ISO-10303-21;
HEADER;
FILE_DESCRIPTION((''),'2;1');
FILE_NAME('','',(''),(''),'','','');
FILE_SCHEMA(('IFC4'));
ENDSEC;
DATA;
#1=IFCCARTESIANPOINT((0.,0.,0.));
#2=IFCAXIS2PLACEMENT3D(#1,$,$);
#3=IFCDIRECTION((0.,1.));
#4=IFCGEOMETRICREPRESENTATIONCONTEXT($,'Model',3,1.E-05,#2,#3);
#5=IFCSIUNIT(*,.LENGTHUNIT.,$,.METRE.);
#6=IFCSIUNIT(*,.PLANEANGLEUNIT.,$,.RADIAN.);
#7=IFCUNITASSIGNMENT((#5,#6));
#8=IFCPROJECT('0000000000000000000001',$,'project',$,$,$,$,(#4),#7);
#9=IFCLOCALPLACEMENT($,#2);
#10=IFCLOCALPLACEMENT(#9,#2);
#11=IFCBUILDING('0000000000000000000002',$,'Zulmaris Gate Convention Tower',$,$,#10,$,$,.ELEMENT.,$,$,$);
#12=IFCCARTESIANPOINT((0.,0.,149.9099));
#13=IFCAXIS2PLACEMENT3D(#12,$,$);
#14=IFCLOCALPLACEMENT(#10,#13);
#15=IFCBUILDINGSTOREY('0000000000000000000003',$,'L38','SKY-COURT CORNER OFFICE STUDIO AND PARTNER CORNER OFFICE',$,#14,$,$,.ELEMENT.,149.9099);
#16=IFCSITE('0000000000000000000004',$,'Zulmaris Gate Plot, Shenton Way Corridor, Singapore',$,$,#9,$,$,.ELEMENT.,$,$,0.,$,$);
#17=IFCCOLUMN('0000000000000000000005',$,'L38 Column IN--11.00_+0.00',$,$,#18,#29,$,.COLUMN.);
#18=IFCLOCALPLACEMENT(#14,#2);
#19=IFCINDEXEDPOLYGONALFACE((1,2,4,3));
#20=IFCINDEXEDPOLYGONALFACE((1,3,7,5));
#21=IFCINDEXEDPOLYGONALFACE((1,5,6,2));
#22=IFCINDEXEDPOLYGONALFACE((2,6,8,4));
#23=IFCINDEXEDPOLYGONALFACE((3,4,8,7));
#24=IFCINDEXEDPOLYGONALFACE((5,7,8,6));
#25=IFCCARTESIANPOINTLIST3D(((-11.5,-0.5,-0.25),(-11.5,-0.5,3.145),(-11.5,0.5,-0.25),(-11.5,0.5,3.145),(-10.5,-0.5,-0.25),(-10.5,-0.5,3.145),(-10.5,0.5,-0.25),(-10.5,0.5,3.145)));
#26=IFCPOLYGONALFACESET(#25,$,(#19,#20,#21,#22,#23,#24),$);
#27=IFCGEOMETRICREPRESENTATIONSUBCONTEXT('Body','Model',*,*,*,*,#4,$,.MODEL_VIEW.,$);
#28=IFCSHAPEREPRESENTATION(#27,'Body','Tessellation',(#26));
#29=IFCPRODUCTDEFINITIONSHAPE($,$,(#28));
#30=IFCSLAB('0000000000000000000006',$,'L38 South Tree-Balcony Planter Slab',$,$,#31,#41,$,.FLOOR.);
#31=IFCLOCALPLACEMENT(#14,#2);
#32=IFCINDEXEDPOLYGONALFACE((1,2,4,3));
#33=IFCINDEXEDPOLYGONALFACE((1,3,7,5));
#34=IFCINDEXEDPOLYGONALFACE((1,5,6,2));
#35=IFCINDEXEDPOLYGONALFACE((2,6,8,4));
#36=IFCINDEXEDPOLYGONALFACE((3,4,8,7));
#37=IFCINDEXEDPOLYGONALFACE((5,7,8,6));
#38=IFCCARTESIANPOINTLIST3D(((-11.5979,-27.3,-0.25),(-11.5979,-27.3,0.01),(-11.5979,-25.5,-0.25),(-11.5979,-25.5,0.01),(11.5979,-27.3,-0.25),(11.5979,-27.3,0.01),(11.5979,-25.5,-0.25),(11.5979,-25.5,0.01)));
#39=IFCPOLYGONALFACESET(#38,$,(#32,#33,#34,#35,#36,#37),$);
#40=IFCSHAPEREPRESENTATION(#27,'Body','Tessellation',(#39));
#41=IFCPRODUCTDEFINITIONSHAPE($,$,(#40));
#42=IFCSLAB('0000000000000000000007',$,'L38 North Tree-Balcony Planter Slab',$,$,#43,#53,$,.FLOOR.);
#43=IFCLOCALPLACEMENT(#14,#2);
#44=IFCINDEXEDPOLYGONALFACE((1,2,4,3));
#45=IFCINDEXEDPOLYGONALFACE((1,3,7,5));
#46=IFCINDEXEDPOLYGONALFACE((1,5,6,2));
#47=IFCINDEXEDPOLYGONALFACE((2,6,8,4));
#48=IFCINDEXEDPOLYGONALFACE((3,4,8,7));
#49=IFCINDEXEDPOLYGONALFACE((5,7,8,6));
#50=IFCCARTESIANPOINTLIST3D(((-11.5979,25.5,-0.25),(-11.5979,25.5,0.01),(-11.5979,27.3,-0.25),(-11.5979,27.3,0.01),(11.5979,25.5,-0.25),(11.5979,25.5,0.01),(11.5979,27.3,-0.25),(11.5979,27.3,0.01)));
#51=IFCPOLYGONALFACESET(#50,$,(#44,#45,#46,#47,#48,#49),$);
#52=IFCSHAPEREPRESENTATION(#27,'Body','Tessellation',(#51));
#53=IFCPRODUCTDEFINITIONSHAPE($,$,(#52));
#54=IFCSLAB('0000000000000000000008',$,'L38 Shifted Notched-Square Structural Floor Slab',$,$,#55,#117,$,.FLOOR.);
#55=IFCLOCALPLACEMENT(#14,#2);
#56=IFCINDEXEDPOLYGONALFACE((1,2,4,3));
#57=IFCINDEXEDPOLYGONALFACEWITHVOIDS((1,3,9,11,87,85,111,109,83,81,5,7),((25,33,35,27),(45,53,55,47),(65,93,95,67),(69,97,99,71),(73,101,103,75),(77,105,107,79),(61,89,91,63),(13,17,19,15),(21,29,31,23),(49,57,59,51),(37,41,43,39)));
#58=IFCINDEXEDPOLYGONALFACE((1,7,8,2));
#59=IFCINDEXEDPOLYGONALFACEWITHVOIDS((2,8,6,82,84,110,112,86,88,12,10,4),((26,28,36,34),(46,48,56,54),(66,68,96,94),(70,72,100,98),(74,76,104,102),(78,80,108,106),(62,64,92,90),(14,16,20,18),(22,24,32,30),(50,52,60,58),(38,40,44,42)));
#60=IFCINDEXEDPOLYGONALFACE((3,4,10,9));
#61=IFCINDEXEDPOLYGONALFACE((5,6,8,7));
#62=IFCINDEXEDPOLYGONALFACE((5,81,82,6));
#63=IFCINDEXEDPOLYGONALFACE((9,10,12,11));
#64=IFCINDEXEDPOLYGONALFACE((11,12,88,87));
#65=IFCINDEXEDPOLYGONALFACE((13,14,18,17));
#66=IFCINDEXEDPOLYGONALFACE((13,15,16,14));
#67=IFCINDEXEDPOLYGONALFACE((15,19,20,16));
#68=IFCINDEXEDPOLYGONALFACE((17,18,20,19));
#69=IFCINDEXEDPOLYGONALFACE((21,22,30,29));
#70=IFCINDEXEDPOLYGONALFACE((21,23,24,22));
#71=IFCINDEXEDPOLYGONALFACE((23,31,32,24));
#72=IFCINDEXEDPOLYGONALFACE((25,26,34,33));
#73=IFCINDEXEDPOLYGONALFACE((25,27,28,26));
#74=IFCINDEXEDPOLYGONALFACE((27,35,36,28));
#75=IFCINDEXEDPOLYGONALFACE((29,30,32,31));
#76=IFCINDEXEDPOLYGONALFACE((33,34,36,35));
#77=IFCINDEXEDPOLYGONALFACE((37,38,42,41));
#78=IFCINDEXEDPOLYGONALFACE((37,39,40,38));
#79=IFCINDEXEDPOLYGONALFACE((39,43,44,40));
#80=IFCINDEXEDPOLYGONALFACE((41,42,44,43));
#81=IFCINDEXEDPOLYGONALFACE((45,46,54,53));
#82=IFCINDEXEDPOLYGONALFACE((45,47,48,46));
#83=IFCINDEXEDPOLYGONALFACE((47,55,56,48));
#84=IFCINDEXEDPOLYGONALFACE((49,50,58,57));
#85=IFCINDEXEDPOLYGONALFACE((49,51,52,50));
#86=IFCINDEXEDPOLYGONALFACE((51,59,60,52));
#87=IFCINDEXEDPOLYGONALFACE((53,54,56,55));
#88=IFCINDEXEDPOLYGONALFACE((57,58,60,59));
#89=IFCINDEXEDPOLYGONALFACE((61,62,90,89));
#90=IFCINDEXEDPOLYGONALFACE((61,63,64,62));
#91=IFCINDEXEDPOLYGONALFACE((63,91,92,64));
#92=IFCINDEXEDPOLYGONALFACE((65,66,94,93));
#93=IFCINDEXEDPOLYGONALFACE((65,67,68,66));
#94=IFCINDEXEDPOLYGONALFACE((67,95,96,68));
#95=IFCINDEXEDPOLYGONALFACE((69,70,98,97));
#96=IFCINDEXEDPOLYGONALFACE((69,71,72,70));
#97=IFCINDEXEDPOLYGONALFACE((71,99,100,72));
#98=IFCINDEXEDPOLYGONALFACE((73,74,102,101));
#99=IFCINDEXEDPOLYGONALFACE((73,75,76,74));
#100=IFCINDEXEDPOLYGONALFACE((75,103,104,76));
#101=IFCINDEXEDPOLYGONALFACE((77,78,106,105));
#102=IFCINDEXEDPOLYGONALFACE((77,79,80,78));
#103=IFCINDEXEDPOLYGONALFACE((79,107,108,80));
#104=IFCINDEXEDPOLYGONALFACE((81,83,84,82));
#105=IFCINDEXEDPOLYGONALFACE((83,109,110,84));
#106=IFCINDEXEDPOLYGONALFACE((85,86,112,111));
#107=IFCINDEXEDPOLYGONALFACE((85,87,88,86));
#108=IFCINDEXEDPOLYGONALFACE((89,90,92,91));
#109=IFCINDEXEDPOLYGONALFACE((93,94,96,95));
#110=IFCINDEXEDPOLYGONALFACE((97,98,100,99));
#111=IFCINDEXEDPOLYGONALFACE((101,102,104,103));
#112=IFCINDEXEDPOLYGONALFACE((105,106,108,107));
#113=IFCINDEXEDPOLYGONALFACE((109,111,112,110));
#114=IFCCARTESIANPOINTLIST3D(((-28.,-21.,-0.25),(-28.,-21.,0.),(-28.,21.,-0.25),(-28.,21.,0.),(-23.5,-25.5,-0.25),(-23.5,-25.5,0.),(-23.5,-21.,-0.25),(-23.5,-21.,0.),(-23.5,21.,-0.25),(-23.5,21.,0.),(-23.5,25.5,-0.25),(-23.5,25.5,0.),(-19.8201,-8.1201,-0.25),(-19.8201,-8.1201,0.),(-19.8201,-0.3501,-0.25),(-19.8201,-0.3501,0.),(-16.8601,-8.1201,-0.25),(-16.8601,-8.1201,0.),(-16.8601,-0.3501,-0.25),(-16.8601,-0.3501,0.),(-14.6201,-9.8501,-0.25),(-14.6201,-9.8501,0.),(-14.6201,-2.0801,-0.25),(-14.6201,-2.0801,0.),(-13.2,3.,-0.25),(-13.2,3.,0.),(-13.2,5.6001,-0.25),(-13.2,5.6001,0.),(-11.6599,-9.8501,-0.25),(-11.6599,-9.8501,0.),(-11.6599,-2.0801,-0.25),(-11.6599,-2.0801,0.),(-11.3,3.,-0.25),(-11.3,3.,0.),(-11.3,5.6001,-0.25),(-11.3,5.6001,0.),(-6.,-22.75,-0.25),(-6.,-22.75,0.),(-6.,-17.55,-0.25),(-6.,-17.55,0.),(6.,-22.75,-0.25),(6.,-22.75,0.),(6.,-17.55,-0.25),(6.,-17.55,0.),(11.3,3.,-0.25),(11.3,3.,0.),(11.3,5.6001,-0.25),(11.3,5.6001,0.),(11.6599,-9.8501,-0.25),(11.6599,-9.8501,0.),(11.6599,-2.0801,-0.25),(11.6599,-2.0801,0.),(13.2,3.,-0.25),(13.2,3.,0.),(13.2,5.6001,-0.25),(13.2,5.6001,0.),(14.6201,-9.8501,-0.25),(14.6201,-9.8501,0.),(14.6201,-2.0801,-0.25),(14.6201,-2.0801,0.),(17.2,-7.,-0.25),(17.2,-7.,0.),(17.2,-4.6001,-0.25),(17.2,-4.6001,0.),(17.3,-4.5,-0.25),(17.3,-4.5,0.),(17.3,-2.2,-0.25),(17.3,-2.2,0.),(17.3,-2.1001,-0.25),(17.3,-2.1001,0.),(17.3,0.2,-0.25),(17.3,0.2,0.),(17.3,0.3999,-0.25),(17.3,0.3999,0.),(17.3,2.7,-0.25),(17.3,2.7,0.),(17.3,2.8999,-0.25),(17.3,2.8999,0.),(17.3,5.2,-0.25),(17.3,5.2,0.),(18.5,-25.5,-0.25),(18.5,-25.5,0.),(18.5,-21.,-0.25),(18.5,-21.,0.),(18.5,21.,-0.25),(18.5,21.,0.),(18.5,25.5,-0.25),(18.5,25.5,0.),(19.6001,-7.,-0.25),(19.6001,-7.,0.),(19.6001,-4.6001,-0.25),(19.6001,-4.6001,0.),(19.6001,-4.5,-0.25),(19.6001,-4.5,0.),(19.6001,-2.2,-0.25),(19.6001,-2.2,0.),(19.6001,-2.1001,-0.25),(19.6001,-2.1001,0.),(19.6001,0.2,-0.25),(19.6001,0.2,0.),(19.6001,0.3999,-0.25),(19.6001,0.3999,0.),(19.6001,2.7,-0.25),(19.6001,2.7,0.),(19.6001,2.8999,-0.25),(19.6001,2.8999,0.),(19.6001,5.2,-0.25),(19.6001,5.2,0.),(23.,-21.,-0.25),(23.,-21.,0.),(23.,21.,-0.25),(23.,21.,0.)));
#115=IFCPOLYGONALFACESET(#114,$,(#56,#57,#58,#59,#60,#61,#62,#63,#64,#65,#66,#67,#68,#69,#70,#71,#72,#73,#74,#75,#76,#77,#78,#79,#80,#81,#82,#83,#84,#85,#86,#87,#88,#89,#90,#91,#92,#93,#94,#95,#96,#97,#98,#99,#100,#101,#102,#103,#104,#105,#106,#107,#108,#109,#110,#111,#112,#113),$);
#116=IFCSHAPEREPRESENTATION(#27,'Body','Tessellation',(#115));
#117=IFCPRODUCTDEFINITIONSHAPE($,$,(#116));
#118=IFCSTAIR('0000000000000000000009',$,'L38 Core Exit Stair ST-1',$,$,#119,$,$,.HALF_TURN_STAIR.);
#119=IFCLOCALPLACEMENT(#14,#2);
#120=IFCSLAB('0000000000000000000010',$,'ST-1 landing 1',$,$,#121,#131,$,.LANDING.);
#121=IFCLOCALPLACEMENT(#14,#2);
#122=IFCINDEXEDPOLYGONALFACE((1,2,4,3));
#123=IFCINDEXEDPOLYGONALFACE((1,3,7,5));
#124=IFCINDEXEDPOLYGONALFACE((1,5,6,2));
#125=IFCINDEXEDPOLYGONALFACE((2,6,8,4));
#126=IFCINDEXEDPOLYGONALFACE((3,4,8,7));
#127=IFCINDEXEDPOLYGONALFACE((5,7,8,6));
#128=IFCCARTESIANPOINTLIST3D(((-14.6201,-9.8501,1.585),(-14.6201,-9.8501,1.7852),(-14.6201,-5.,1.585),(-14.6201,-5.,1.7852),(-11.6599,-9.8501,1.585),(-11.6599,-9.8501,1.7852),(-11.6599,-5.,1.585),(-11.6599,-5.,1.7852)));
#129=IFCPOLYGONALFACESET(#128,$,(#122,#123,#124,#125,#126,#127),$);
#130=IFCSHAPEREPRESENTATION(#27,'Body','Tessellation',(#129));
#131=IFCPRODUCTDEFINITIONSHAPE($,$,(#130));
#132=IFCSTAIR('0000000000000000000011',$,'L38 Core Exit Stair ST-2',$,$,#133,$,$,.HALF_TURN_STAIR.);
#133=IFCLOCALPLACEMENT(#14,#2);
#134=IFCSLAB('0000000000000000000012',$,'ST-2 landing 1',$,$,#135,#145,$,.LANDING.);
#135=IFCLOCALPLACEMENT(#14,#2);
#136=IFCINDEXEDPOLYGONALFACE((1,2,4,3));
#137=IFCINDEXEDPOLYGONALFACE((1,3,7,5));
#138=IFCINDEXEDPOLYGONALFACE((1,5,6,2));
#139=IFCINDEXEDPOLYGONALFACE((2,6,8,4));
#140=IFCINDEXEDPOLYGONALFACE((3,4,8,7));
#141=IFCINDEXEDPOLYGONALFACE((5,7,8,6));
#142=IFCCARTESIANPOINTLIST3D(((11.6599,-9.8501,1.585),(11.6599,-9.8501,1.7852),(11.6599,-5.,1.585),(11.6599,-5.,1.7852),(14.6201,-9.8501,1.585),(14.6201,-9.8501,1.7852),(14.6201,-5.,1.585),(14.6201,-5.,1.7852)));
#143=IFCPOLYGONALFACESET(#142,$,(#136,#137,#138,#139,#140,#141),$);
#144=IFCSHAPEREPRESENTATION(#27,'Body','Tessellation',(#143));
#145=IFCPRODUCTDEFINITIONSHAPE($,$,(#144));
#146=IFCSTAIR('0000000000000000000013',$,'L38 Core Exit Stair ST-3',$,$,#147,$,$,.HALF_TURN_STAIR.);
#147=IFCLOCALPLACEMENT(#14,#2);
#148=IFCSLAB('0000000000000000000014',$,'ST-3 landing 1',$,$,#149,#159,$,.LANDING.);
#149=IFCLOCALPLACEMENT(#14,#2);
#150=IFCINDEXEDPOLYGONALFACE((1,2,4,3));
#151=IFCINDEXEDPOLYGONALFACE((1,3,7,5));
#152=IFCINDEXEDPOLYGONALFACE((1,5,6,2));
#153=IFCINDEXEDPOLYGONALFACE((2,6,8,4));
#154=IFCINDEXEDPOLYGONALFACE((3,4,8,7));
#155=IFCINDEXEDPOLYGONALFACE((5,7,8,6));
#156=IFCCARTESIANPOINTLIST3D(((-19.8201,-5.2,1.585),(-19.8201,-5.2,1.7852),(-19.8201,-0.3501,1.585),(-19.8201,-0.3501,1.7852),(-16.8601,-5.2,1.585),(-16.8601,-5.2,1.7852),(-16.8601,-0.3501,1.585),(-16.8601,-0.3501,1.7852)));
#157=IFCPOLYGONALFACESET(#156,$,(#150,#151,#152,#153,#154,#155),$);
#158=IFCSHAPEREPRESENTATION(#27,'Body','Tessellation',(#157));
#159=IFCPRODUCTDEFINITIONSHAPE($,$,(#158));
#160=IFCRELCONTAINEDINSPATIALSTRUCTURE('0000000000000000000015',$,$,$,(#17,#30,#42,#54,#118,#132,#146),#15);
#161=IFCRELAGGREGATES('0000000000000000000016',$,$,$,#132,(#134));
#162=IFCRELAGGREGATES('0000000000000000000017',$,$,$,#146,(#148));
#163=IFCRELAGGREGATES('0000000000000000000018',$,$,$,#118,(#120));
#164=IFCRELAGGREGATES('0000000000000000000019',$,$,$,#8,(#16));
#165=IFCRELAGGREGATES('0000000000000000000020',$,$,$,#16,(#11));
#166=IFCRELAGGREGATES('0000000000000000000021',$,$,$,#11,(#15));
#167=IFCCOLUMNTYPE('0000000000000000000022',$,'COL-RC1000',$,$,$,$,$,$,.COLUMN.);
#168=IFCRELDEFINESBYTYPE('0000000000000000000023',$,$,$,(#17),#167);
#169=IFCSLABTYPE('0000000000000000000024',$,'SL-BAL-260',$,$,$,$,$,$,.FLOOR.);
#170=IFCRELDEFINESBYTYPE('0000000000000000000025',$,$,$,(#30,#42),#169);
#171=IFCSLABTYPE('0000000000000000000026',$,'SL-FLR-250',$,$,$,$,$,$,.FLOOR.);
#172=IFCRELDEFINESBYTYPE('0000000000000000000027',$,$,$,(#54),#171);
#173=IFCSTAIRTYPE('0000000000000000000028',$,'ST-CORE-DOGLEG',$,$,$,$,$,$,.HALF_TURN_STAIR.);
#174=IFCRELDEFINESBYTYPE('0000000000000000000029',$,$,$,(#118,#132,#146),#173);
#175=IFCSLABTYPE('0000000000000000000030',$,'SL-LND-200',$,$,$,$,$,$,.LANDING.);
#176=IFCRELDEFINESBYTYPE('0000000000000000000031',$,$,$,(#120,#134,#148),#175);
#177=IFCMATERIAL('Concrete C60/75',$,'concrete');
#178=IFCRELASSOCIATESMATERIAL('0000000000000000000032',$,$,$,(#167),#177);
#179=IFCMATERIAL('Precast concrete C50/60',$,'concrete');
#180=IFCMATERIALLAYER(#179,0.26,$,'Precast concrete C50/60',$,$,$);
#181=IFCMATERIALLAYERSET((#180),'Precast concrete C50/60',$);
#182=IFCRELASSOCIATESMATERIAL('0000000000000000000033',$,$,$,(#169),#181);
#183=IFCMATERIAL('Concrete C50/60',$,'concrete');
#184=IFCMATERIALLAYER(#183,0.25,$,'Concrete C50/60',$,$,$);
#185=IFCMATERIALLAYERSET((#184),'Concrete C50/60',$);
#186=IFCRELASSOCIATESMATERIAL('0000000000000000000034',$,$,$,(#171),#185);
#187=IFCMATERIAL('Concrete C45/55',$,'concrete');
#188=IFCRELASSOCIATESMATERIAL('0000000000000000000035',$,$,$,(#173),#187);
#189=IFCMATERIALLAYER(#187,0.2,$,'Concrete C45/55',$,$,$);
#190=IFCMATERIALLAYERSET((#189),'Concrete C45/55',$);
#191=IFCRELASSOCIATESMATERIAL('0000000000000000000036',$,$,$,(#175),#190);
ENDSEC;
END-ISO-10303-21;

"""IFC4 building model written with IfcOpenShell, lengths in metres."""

from ifc_helpers import new_model, si_unit, direction, frame, origin, origin_2d, place, context, subcontext, project, spatial, polyline, rectangle, outline, extrude, material, layer, layer_set, material_profile, profile_set, type_object, element, aggregate, save


model = new_model("IFC4")

# Units and contexts
model_context = context("Model", 3, precision=1e-05, world=origin(), true_north=direction((0.0, 1.0)))
body_context = subcontext(model_context, "Body", "Model", "MODEL_VIEW")
ifc_project = project(units=[si_unit("LENGTHUNIT", "METRE"), si_unit("PLANEANGLEUNIT", "RADIAN")], contexts=[model_context])

# Site, building, storey
site_placement = place(None, origin())
site = spatial("IfcSite", under=ifc_project, at=site_placement, Name="Zulmaris Gate Plot, Shenton Way Corridor, Singapore", CompositionType="ELEMENT", RefElevation=0.0)
building_placement = place(site_placement, origin())
building = spatial("IfcBuilding", under=site, at=building_placement, Name="Zulmaris Gate Convention Tower", CompositionType="ELEMENT")
storey_placement = place(building_placement, frame((0.0, 0.0, 149.9099)))
storey = spatial("IfcBuildingStorey", under=building, at=storey_placement, Name="L38", Description="SKY-COURT CORNER OFFICE STUDIO AND PARTNER CORNER OFFICE", CompositionType="ELEMENT", Elevation=149.9099)

# Column
ifc_material_1 = material(Name="Concrete C60/75", Category="concrete")
ifc_material_profile = material_profile(ifc_material_1, rectangle(XDim=1.0, YDim=1.0, at=origin_2d()), Name="RC COL 1000x1000")
ifc_profile_set = profile_set([ifc_material_profile], Name="Concrete C60/75")
column_type = type_object("IfcColumnType", Name="COL-RC1000", PredefinedType="COLUMN", material=ifc_profile_set)
column_placement = place(storey_placement, frame((-11.0, 0.0, -0.25), z_axis=(0.0, 0.0, 1.0), x_axis=(1.0, 0.0, 0.0)))
element("IfcColumn", 1, at=column_placement, inside=storey, type_object=column_type, Name="L38 Column IN--11.00_+0.00", PredefinedType="COLUMN", context=body_context, shape_type="SweptSolid", body=[
    extrude(rectangle(XDim=1.0, YDim=1.0, at=origin_2d()), origin(), (0.0, 0.0, 1.0), 3.395),
])

# Slabs
ifc_material_2 = material(Name="Precast concrete C50/60", Category="concrete")
ifc_layer_1 = layer(ifc_material_2, 0.26, Name="Precast concrete C50/60")
ifc_layer_set_1 = layer_set([ifc_layer_1], Name="Precast concrete C50/60")
slab_type_1 = type_object("IfcSlabType", Name="SL-BAL-260", PredefinedType="FLOOR", material=ifc_layer_set_1)
slab_1_placement = place(storey_placement, frame((0.0, 0.0, -0.25)))
element("IfcSlab", 2, at=slab_1_placement, inside=storey, type_object=slab_type_1, Name="L38 South Tree-Balcony Planter Slab", PredefinedType="FLOOR", context=body_context, shape_type="SweptSolid", body=[
    extrude(outline(polyline([(-11.5979, -27.3), (-11.5979, -25.5), (11.5979, -25.5), (11.5979, -27.3), (-11.5979, -27.3)])), origin(), (0.0, 0.0, 1.0), 0.26),
])
slab_2_placement = place(storey_placement, frame((0.0, 0.0, -0.25)))
element("IfcSlab", 3, at=slab_2_placement, inside=storey, type_object=slab_type_1, Name="L38 North Tree-Balcony Planter Slab", PredefinedType="FLOOR", context=body_context, shape_type="SweptSolid", body=[
    extrude(outline(polyline([(11.5979, 27.3), (11.5979, 25.5), (-11.5979, 25.5), (-11.5979, 27.3), (11.5979, 27.3)])), origin(), (0.0, 0.0, 1.0), 0.26),
])
ifc_material_3 = material(Name="Concrete C50/60", Category="concrete")
ifc_layer_2 = layer(ifc_material_3, 0.25, Name="Concrete C50/60")
ifc_layer_set_2 = layer_set([ifc_layer_2], Name="Concrete C50/60")
slab_type_2 = type_object("IfcSlabType", Name="SL-FLR-250", PredefinedType="FLOOR", material=ifc_layer_set_2)
slab_3_placement = place(storey_placement, frame((0.0, 0.0, -0.25)))
element("IfcSlab", 4, at=slab_3_placement, inside=storey, type_object=slab_type_2, Name="L38 Shifted Notched-Square Structural Floor Slab", PredefinedType="FLOOR", context=body_context, shape_type="SweptSolid", body=[
    extrude(outline(polyline([(-23.5, -25.5), (18.5, -25.5), (18.5, -21.0), (23.0, -21.0), (23.0, 21.0), (18.5, 21.0), (18.5, 25.5), (-23.5, 25.5), (-23.5, 21.0), (-28.0, 21.0), (-28.0, -21.0), (-23.5, -21.0), (-23.5, -25.5)]), holes=[polyline([(-14.6201, -2.0801), (-14.6201, -9.8501), (-11.6599, -9.8501), (-11.6599, -2.0801), (-14.6201, -2.0801)]), polyline([(11.6599, -2.0801), (11.6599, -9.8501), (14.6201, -9.8501), (14.6201, -2.0801), (11.6599, -2.0801)]), polyline([(-16.8601, -8.1201), (-16.8601, -0.3501), (-19.8201, -0.3501), (-19.8201, -8.1201), (-16.8601, -8.1201)]), polyline([(-13.2, 3.0), (-11.3, 3.0), (-11.3, 5.6001), (-13.2, 5.6001), (-13.2, 3.0)]), polyline([(11.3, 3.0), (13.2, 3.0), (13.2, 5.6001), (11.3, 5.6001), (11.3, 3.0)]), polyline([(17.2, -7.0), (19.6001, -7.0), (19.6001, -4.6001), (17.2, -4.6001), (17.2, -7.0)]), polyline([(17.3, -4.5), (19.6001, -4.5), (19.6001, -2.2), (17.3, -2.2), (17.3, -4.5)]), polyline([(17.3, -2.1001), (19.6001, -2.1001), (19.6001, 0.2), (17.3, 0.2), (17.3, -2.1001)]), polyline([(17.3, 0.3999), (19.6001, 0.3999), (19.6001, 2.7), (17.3, 2.7), (17.3, 0.3999)]), polyline([(17.3, 2.8999), (19.6001, 2.8999), (19.6001, 5.2), (17.3, 5.2), (17.3, 2.8999)]), polyline([(-6.0, -22.75), (6.0, -22.75), (6.0, -17.55), (-6.0, -17.55), (-6.0, -22.75)])]), origin(), (0.0, 0.0, 1.0), 0.25),
])

# Stairs, slabs
ifc_material_4 = material(Name="Concrete C45/55", Category="concrete")
stair_type = type_object("IfcStairType", Name="ST-CORE-DOGLEG", PredefinedType="HALF_TURN_STAIR", material=ifc_material_4)
stair_1_placement = place(storey_placement, origin())
stair_1 = element("IfcStair", 5, at=stair_1_placement, inside=storey, type_object=stair_type, Name="L38 Core Exit Stair ST-1", PredefinedType="HALF_TURN_STAIR")
ifc_layer_3 = layer(ifc_material_4, 0.2, Name="Concrete C45/55")
ifc_layer_set_3 = layer_set([ifc_layer_3], Name="Concrete C45/55")
slab_type_3 = type_object("IfcSlabType", Name="SL-LND-200", PredefinedType="LANDING", material=ifc_layer_set_3)
slab_4_placement = place(storey_placement, frame((0.0, 0.0, 1.585)))
slab_4 = element("IfcSlab", 6, at=slab_4_placement, type_object=slab_type_3, Name="ST-1 landing 1", PredefinedType="LANDING", context=body_context, shape_type="SweptSolid", body=[
    extrude(outline(polyline([(-14.6201, -5.0), (-14.6201, -9.8501), (-11.6599, -9.8501), (-11.6599, -5.0), (-14.6201, -5.0)])), origin(), (0.0, 0.0, 1.0), 0.2002),
])
stair_2_placement = place(storey_placement, origin())
stair_2 = element("IfcStair", 7, at=stair_2_placement, inside=storey, type_object=stair_type, Name="L38 Core Exit Stair ST-2", PredefinedType="HALF_TURN_STAIR")
slab_5_placement = place(storey_placement, frame((0.0, 0.0, 1.585)))
slab_5 = element("IfcSlab", 8, at=slab_5_placement, type_object=slab_type_3, Name="ST-2 landing 1", PredefinedType="LANDING", context=body_context, shape_type="SweptSolid", body=[
    extrude(outline(polyline([(11.6599, -5.0), (11.6599, -9.8501), (14.6201, -9.8501), (14.6201, -5.0), (11.6599, -5.0)])), origin(), (0.0, 0.0, 1.0), 0.2002),
])
aggregate(stair_2, [slab_5])
stair_3_placement = place(storey_placement, origin())
stair_3 = element("IfcStair", 9, at=stair_3_placement, inside=storey, type_object=stair_type, Name="L38 Core Exit Stair ST-3", PredefinedType="HALF_TURN_STAIR")
slab_6_placement = place(storey_placement, frame((0.0, 0.0, 1.585)))
slab_6 = element("IfcSlab", 10, at=slab_6_placement, type_object=slab_type_3, Name="ST-3 landing 1", PredefinedType="LANDING", context=body_context, shape_type="SweptSolid", body=[
    extrude(outline(polyline([(-16.8601, -5.2), (-16.8601, -0.3501), (-19.8201, -0.3501), (-19.8201, -5.2), (-16.8601, -5.2)])), origin(), (0.0, 0.0, 1.0), 0.2002),
])
aggregate(stair_3, [slab_6])

aggregate(stair_1, [slab_4])

save(model, "model.ifc")
